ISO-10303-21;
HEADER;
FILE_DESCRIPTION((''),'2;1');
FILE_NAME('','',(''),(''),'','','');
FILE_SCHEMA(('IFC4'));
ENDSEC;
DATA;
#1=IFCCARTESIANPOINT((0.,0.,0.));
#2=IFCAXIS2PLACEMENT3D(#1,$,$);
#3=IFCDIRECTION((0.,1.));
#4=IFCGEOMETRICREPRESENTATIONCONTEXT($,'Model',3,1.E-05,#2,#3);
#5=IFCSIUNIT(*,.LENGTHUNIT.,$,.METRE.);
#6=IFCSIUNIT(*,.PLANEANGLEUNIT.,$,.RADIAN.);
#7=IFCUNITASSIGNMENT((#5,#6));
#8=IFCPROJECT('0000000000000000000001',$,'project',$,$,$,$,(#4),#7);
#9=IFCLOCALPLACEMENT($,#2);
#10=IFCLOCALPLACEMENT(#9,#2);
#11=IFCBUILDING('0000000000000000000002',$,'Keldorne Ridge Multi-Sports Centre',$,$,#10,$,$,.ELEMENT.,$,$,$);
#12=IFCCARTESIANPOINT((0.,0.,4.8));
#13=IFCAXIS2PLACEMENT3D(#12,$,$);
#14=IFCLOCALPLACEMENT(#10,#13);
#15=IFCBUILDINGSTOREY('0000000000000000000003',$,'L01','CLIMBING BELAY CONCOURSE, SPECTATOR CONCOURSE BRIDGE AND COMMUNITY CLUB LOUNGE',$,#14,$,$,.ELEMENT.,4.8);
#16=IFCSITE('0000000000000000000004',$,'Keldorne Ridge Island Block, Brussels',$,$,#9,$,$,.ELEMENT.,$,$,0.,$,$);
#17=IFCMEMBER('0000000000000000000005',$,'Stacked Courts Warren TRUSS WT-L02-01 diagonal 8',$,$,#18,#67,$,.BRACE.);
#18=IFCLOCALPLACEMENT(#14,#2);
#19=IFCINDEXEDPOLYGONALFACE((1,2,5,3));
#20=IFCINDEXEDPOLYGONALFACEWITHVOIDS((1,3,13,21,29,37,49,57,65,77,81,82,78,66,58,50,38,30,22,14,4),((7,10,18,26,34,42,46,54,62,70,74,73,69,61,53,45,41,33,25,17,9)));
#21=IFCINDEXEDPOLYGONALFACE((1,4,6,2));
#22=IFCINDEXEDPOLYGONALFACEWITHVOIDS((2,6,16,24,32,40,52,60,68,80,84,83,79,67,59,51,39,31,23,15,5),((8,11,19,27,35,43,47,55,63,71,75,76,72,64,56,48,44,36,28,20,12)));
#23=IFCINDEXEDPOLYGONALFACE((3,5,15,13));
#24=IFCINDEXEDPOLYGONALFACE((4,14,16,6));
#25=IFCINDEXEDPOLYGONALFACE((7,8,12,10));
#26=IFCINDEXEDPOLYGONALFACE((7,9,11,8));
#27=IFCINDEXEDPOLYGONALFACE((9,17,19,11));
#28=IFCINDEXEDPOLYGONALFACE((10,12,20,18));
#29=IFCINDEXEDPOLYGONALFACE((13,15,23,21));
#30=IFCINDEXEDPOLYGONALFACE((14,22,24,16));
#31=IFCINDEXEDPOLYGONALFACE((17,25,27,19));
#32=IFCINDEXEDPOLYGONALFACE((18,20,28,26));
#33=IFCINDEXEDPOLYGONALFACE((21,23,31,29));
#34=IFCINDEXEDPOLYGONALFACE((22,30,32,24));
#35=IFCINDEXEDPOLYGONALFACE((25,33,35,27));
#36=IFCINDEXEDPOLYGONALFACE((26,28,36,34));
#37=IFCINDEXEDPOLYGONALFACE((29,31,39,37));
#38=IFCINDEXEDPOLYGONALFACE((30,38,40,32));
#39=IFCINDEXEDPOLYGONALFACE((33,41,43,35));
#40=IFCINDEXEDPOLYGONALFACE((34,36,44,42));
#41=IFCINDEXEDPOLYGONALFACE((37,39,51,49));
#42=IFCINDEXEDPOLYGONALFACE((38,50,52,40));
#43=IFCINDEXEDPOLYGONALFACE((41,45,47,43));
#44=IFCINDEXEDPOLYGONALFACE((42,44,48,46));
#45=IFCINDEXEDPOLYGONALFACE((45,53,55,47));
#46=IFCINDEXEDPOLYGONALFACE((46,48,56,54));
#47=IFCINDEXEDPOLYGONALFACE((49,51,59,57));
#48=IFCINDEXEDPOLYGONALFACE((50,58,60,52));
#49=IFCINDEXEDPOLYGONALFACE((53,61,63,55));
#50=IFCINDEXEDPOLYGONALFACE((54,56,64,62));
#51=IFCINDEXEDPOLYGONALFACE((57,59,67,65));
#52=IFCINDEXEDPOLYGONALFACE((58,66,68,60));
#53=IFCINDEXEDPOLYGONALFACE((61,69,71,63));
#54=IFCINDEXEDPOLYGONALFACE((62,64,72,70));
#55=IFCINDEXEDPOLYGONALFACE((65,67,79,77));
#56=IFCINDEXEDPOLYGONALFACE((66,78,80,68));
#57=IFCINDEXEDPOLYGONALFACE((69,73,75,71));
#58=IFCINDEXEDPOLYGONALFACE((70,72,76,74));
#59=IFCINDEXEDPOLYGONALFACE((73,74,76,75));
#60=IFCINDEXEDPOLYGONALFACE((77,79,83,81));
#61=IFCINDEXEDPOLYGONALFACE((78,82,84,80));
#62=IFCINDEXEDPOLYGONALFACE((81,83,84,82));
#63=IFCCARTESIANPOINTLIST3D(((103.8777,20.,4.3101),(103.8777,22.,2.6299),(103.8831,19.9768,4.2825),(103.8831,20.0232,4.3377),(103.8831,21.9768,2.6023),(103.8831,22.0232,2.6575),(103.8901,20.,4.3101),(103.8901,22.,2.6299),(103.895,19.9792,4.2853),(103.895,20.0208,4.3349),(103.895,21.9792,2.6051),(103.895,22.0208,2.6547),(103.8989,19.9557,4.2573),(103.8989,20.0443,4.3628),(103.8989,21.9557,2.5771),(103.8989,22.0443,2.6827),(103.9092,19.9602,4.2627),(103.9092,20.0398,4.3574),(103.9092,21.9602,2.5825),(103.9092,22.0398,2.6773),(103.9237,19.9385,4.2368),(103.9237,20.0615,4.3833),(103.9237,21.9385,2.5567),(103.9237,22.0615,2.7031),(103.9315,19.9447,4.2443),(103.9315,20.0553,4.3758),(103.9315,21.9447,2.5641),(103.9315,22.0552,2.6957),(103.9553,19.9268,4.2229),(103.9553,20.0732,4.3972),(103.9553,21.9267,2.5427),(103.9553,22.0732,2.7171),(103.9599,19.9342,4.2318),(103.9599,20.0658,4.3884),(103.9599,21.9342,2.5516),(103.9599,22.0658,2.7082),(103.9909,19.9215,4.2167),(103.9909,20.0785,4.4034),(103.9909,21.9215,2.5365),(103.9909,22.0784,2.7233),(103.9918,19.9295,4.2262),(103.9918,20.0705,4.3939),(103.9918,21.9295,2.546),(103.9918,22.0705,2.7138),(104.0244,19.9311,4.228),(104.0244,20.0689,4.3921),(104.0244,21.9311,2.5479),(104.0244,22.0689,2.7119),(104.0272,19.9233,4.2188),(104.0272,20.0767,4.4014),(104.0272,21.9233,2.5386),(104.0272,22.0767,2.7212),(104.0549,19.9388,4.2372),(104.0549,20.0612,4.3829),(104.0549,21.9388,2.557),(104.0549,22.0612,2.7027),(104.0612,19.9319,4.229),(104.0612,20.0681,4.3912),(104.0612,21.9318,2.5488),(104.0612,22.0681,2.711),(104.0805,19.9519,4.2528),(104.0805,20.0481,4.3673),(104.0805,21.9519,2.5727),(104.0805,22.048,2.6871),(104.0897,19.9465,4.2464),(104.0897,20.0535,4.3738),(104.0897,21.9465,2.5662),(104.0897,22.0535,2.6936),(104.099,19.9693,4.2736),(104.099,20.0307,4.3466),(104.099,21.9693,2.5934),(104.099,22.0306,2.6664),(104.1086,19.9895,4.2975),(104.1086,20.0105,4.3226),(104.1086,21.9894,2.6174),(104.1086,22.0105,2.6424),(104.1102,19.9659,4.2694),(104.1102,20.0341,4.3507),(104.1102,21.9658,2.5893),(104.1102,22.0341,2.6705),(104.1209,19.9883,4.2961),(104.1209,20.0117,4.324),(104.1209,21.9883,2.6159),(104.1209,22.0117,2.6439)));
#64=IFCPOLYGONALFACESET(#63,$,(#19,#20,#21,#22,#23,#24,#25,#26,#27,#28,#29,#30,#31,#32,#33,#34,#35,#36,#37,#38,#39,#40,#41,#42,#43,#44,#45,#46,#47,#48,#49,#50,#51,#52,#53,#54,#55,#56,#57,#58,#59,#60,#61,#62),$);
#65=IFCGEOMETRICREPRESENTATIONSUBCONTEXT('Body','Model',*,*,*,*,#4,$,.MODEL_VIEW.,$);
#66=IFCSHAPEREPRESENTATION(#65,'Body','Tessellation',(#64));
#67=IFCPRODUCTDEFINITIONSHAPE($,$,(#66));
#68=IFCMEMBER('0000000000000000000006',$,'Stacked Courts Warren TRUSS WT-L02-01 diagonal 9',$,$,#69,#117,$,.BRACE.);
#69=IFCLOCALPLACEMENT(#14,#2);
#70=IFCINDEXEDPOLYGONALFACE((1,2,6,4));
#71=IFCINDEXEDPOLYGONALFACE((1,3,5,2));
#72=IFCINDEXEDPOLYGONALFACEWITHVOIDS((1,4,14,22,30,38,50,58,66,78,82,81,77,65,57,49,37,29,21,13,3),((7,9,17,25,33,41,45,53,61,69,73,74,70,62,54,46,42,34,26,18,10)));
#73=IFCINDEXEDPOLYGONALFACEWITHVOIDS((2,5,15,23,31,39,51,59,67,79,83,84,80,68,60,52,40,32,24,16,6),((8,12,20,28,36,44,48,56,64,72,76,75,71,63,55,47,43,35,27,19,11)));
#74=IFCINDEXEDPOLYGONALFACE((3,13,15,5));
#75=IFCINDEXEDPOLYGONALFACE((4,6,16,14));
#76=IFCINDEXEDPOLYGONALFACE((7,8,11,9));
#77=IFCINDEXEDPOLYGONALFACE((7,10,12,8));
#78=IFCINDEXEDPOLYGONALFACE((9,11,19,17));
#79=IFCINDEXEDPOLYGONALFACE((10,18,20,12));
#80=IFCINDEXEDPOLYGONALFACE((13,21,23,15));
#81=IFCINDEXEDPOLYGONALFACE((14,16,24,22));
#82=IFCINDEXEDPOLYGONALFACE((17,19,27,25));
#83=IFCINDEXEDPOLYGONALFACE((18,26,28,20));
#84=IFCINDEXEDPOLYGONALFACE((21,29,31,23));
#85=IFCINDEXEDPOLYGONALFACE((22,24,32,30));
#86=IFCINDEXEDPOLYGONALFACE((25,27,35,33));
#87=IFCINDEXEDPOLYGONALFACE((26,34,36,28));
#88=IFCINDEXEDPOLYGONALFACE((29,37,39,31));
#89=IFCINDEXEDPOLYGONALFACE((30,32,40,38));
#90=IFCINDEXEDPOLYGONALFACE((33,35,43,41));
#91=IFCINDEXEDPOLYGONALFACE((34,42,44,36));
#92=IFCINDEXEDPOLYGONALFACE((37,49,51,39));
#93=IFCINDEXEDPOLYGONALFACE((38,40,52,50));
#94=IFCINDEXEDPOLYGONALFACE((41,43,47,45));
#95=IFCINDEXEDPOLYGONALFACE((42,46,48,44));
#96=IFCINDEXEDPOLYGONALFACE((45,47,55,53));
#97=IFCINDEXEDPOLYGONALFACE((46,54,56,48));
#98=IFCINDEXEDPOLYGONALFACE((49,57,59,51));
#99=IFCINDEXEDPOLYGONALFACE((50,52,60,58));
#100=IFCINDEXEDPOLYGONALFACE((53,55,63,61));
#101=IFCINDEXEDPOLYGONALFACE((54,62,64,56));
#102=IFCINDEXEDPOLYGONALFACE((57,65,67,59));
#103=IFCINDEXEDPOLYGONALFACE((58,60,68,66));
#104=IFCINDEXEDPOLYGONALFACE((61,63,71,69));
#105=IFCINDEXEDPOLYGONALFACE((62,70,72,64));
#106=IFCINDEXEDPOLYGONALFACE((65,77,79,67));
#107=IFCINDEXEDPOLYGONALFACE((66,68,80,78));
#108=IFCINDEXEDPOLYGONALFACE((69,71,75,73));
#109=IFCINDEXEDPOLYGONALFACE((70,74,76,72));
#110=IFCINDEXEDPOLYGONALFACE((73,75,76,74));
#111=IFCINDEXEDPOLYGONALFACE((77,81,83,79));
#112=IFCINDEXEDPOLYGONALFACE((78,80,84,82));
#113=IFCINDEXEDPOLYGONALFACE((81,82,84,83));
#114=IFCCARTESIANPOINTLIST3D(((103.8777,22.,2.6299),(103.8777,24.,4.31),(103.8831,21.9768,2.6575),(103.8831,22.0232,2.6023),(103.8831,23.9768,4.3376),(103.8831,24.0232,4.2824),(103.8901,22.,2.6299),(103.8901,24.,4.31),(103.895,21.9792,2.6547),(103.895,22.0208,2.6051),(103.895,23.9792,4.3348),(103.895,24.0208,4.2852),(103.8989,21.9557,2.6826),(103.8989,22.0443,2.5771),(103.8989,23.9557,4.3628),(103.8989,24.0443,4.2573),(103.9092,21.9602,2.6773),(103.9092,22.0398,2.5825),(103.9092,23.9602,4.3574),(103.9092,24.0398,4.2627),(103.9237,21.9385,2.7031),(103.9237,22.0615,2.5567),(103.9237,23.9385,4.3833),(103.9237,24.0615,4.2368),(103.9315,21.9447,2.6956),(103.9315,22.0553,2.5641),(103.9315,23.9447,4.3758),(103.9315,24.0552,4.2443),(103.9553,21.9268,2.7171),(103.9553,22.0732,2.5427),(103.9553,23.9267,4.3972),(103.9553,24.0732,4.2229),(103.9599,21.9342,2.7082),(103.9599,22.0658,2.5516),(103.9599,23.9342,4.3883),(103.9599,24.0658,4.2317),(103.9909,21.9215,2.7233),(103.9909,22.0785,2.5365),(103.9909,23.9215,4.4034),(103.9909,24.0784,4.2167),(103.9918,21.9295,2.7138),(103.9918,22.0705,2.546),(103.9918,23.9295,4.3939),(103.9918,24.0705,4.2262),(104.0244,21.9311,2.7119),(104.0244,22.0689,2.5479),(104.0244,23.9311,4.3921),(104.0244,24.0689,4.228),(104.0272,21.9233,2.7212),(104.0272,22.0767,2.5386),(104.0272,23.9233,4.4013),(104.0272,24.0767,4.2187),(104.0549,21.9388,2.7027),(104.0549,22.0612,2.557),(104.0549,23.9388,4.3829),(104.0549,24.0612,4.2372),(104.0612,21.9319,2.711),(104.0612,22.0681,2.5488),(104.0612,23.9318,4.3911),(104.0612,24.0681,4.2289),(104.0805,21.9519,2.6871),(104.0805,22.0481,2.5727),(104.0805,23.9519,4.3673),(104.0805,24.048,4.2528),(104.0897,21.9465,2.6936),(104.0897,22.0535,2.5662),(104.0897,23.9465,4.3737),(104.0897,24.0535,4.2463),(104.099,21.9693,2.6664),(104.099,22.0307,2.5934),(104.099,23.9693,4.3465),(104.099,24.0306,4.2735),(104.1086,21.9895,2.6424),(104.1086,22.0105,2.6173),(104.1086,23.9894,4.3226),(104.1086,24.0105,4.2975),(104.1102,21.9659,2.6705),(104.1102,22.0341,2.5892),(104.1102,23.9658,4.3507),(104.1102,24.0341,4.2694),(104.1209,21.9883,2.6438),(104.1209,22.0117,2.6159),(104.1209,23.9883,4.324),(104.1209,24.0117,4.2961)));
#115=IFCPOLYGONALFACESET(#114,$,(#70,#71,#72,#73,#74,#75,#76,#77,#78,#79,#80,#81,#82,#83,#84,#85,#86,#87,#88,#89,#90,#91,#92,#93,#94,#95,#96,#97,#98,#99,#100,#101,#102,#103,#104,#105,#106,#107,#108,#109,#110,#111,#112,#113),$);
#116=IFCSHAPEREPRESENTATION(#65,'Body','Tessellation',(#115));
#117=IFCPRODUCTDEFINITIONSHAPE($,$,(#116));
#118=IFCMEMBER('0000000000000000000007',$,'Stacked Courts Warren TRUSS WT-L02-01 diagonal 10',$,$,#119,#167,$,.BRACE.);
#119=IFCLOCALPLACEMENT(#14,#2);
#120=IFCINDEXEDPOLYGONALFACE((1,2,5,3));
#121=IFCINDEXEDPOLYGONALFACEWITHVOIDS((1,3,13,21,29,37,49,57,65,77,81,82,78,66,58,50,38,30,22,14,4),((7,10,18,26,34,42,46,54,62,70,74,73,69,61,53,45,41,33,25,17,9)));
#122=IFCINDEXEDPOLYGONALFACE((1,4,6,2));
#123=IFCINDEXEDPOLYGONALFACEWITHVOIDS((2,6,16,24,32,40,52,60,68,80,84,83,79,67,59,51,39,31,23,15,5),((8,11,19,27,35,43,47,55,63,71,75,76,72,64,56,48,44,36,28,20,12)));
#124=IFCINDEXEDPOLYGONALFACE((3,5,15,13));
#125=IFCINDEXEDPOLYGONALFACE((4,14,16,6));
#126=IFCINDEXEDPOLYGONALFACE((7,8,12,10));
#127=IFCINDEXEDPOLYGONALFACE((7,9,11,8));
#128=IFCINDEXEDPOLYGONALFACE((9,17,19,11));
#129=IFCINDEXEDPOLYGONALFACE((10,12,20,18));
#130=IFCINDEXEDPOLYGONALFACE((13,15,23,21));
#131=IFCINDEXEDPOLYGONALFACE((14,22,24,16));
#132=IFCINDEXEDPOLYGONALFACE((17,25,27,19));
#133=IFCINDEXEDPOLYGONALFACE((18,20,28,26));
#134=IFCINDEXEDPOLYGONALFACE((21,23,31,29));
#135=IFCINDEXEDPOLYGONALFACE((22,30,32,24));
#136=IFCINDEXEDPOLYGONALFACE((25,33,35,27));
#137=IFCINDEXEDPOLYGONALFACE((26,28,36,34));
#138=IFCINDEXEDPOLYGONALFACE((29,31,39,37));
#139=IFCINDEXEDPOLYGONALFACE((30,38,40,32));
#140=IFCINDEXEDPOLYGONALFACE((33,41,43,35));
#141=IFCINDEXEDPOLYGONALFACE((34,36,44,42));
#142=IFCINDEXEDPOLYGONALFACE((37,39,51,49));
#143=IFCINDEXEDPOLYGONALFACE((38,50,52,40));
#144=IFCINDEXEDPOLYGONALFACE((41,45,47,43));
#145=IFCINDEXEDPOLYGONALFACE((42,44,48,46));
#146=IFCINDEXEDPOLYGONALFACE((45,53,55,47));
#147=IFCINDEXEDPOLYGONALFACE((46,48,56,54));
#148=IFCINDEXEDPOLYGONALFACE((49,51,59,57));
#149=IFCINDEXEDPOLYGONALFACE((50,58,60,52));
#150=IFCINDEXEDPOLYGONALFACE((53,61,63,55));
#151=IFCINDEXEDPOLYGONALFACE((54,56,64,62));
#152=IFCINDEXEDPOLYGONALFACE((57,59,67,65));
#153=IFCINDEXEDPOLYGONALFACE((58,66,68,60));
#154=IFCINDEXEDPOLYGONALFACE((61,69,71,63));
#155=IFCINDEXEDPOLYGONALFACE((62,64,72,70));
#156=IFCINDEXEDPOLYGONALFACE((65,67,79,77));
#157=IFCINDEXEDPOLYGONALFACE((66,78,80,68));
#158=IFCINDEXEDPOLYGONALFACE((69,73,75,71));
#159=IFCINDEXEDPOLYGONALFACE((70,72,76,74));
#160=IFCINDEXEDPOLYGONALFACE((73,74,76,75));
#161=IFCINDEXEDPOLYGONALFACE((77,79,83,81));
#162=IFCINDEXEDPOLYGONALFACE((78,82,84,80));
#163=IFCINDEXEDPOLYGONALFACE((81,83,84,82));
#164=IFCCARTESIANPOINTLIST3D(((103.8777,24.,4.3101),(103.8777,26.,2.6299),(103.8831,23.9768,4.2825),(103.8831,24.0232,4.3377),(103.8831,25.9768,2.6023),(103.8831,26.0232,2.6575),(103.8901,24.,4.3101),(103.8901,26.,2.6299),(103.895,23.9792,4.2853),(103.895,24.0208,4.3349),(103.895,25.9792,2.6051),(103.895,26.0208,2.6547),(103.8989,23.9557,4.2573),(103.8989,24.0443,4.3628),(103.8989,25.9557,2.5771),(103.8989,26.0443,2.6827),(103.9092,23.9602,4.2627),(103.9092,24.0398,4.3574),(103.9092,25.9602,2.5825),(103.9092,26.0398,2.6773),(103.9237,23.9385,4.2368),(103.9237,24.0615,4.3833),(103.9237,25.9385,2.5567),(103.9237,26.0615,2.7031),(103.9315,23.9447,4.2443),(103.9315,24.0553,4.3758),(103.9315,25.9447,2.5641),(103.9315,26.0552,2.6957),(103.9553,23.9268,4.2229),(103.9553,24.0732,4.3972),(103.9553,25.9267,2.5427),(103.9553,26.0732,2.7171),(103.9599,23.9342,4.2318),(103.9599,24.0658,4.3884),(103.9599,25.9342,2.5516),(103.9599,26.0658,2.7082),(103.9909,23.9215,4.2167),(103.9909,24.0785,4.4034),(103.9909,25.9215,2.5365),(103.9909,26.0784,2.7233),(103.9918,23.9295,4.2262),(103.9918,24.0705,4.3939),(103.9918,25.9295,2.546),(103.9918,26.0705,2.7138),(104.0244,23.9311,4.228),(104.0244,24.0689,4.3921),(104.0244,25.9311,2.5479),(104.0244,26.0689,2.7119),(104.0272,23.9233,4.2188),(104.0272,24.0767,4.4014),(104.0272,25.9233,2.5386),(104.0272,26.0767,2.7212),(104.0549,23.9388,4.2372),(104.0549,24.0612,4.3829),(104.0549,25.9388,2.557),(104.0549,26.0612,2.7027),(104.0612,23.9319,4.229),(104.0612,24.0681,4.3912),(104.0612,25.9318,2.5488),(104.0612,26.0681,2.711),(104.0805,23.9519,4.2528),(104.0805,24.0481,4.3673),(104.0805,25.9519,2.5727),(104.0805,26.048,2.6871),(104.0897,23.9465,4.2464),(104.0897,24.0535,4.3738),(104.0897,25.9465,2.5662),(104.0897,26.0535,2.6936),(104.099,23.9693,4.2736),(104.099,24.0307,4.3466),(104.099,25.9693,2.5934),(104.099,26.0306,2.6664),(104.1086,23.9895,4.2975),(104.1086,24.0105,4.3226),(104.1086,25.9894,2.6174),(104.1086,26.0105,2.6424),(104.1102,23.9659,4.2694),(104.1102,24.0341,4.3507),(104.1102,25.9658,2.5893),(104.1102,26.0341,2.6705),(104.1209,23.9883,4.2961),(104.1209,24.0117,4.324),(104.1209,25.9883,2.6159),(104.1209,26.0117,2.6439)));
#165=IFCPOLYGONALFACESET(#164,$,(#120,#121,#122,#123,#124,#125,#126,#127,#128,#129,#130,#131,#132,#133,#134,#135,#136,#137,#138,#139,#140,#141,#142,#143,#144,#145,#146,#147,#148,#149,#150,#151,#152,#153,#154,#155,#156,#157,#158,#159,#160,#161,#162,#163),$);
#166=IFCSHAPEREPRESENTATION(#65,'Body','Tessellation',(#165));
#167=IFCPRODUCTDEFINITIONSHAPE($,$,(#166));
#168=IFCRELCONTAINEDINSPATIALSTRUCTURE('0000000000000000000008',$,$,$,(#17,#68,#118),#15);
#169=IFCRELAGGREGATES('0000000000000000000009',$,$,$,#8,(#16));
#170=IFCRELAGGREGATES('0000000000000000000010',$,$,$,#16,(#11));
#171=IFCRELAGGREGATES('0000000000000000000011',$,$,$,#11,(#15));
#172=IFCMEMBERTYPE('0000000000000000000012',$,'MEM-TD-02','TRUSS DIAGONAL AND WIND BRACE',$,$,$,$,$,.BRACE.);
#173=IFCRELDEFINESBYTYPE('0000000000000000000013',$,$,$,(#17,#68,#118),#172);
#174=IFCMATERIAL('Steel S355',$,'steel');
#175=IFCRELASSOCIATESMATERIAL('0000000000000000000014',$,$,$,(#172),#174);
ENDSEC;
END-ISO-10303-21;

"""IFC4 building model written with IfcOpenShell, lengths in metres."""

from ifc_helpers import new_model, si_unit, direction, frame, origin, origin_2d, place, context, subcontext, project, spatial, hollow_circle, extrude, material, material_profile, profile_set, type_object, element, save


model = new_model("IFC4")

# Units and contexts
model_context = context("Model", 3, precision=1e-05, world=origin(), true_north=direction((0.0, 1.0)))
body_context = subcontext(model_context, "Body", "Model", "MODEL_VIEW")
ifc_project = project(units=[si_unit("LENGTHUNIT", "METRE"), si_unit("PLANEANGLEUNIT", "RADIAN")], contexts=[model_context])

# Site, building, storey
site_placement = place(None, origin())
site = spatial("IfcSite", under=ifc_project, at=site_placement, Name="Keldorne Ridge Island Block, Brussels", CompositionType="ELEMENT", RefElevation=0.0)
building_placement = place(site_placement, origin())
building = spatial("IfcBuilding", under=site, at=building_placement, Name="Keldorne Ridge Multi-Sports Centre", CompositionType="ELEMENT")
storey_placement = place(building_placement, frame((0.0, 0.0, 4.8)))
storey = spatial("IfcBuildingStorey", under=building, at=storey_placement, Name="L01", Description="CLIMBING BELAY CONCOURSE, SPECTATOR CONCOURSE BRIDGE AND COMMUNITY CLUB LOUNGE", CompositionType="ELEMENT", Elevation=4.8)

# Shared definitions
ifc_material = material(Name="Steel S355", Category="steel")

# Members
ifc_material_profile_1 = material_profile(ifc_material, hollow_circle(Radius=0.1223, WallThickness=0.0125, at=origin_2d()), Name="CHS 244.5x12.5")
ifc_profile_set_1 = profile_set([ifc_material_profile_1], Name="Steel S355")
member_type_1 = type_object("IfcMemberType", Name="MEM-TD-02", Description="TRUSS DIAGONAL AND WIND BRACE", PredefinedType="BRACE", material=ifc_profile_set_1)
for number, where, z_axis, x_axis, name in (
    (1, (104.0, 20.0, 4.3101), (0.0, 0.765672, -0.643232), (-1.0, 0.0, 0.0), "Stacked Courts Warren TRUSS WT-L02-01 diagonal 8"),
    (2, (104.0, 22.0, 2.6299), (0.0, 0.765672, 0.643232), (-1.0, 0.0, 0.0), "Stacked Courts Warren TRUSS WT-L02-01 diagonal 9"),
    (3, (104.0, 24.0, 4.3101), (0.0, 0.765672, -0.643232), (-1.0, 0.0, 0.0), "Stacked Courts Warren TRUSS WT-L02-01 diagonal 10"),
):
    element("IfcMember", number, at=place(storey_placement, frame(where, z_axis=z_axis, x_axis=x_axis)), inside=storey, type_object=member_type_1, Name=name, PredefinedType="BRACE", context=body_context, shape_type="SweptSolid", body=[
        extrude(hollow_circle(Radius=0.1223, WallThickness=0.0125, at=origin_2d()), origin(), (0.0, 0.0, 1.0), 2.6121),
    ])

save(model, "model.ifc")
